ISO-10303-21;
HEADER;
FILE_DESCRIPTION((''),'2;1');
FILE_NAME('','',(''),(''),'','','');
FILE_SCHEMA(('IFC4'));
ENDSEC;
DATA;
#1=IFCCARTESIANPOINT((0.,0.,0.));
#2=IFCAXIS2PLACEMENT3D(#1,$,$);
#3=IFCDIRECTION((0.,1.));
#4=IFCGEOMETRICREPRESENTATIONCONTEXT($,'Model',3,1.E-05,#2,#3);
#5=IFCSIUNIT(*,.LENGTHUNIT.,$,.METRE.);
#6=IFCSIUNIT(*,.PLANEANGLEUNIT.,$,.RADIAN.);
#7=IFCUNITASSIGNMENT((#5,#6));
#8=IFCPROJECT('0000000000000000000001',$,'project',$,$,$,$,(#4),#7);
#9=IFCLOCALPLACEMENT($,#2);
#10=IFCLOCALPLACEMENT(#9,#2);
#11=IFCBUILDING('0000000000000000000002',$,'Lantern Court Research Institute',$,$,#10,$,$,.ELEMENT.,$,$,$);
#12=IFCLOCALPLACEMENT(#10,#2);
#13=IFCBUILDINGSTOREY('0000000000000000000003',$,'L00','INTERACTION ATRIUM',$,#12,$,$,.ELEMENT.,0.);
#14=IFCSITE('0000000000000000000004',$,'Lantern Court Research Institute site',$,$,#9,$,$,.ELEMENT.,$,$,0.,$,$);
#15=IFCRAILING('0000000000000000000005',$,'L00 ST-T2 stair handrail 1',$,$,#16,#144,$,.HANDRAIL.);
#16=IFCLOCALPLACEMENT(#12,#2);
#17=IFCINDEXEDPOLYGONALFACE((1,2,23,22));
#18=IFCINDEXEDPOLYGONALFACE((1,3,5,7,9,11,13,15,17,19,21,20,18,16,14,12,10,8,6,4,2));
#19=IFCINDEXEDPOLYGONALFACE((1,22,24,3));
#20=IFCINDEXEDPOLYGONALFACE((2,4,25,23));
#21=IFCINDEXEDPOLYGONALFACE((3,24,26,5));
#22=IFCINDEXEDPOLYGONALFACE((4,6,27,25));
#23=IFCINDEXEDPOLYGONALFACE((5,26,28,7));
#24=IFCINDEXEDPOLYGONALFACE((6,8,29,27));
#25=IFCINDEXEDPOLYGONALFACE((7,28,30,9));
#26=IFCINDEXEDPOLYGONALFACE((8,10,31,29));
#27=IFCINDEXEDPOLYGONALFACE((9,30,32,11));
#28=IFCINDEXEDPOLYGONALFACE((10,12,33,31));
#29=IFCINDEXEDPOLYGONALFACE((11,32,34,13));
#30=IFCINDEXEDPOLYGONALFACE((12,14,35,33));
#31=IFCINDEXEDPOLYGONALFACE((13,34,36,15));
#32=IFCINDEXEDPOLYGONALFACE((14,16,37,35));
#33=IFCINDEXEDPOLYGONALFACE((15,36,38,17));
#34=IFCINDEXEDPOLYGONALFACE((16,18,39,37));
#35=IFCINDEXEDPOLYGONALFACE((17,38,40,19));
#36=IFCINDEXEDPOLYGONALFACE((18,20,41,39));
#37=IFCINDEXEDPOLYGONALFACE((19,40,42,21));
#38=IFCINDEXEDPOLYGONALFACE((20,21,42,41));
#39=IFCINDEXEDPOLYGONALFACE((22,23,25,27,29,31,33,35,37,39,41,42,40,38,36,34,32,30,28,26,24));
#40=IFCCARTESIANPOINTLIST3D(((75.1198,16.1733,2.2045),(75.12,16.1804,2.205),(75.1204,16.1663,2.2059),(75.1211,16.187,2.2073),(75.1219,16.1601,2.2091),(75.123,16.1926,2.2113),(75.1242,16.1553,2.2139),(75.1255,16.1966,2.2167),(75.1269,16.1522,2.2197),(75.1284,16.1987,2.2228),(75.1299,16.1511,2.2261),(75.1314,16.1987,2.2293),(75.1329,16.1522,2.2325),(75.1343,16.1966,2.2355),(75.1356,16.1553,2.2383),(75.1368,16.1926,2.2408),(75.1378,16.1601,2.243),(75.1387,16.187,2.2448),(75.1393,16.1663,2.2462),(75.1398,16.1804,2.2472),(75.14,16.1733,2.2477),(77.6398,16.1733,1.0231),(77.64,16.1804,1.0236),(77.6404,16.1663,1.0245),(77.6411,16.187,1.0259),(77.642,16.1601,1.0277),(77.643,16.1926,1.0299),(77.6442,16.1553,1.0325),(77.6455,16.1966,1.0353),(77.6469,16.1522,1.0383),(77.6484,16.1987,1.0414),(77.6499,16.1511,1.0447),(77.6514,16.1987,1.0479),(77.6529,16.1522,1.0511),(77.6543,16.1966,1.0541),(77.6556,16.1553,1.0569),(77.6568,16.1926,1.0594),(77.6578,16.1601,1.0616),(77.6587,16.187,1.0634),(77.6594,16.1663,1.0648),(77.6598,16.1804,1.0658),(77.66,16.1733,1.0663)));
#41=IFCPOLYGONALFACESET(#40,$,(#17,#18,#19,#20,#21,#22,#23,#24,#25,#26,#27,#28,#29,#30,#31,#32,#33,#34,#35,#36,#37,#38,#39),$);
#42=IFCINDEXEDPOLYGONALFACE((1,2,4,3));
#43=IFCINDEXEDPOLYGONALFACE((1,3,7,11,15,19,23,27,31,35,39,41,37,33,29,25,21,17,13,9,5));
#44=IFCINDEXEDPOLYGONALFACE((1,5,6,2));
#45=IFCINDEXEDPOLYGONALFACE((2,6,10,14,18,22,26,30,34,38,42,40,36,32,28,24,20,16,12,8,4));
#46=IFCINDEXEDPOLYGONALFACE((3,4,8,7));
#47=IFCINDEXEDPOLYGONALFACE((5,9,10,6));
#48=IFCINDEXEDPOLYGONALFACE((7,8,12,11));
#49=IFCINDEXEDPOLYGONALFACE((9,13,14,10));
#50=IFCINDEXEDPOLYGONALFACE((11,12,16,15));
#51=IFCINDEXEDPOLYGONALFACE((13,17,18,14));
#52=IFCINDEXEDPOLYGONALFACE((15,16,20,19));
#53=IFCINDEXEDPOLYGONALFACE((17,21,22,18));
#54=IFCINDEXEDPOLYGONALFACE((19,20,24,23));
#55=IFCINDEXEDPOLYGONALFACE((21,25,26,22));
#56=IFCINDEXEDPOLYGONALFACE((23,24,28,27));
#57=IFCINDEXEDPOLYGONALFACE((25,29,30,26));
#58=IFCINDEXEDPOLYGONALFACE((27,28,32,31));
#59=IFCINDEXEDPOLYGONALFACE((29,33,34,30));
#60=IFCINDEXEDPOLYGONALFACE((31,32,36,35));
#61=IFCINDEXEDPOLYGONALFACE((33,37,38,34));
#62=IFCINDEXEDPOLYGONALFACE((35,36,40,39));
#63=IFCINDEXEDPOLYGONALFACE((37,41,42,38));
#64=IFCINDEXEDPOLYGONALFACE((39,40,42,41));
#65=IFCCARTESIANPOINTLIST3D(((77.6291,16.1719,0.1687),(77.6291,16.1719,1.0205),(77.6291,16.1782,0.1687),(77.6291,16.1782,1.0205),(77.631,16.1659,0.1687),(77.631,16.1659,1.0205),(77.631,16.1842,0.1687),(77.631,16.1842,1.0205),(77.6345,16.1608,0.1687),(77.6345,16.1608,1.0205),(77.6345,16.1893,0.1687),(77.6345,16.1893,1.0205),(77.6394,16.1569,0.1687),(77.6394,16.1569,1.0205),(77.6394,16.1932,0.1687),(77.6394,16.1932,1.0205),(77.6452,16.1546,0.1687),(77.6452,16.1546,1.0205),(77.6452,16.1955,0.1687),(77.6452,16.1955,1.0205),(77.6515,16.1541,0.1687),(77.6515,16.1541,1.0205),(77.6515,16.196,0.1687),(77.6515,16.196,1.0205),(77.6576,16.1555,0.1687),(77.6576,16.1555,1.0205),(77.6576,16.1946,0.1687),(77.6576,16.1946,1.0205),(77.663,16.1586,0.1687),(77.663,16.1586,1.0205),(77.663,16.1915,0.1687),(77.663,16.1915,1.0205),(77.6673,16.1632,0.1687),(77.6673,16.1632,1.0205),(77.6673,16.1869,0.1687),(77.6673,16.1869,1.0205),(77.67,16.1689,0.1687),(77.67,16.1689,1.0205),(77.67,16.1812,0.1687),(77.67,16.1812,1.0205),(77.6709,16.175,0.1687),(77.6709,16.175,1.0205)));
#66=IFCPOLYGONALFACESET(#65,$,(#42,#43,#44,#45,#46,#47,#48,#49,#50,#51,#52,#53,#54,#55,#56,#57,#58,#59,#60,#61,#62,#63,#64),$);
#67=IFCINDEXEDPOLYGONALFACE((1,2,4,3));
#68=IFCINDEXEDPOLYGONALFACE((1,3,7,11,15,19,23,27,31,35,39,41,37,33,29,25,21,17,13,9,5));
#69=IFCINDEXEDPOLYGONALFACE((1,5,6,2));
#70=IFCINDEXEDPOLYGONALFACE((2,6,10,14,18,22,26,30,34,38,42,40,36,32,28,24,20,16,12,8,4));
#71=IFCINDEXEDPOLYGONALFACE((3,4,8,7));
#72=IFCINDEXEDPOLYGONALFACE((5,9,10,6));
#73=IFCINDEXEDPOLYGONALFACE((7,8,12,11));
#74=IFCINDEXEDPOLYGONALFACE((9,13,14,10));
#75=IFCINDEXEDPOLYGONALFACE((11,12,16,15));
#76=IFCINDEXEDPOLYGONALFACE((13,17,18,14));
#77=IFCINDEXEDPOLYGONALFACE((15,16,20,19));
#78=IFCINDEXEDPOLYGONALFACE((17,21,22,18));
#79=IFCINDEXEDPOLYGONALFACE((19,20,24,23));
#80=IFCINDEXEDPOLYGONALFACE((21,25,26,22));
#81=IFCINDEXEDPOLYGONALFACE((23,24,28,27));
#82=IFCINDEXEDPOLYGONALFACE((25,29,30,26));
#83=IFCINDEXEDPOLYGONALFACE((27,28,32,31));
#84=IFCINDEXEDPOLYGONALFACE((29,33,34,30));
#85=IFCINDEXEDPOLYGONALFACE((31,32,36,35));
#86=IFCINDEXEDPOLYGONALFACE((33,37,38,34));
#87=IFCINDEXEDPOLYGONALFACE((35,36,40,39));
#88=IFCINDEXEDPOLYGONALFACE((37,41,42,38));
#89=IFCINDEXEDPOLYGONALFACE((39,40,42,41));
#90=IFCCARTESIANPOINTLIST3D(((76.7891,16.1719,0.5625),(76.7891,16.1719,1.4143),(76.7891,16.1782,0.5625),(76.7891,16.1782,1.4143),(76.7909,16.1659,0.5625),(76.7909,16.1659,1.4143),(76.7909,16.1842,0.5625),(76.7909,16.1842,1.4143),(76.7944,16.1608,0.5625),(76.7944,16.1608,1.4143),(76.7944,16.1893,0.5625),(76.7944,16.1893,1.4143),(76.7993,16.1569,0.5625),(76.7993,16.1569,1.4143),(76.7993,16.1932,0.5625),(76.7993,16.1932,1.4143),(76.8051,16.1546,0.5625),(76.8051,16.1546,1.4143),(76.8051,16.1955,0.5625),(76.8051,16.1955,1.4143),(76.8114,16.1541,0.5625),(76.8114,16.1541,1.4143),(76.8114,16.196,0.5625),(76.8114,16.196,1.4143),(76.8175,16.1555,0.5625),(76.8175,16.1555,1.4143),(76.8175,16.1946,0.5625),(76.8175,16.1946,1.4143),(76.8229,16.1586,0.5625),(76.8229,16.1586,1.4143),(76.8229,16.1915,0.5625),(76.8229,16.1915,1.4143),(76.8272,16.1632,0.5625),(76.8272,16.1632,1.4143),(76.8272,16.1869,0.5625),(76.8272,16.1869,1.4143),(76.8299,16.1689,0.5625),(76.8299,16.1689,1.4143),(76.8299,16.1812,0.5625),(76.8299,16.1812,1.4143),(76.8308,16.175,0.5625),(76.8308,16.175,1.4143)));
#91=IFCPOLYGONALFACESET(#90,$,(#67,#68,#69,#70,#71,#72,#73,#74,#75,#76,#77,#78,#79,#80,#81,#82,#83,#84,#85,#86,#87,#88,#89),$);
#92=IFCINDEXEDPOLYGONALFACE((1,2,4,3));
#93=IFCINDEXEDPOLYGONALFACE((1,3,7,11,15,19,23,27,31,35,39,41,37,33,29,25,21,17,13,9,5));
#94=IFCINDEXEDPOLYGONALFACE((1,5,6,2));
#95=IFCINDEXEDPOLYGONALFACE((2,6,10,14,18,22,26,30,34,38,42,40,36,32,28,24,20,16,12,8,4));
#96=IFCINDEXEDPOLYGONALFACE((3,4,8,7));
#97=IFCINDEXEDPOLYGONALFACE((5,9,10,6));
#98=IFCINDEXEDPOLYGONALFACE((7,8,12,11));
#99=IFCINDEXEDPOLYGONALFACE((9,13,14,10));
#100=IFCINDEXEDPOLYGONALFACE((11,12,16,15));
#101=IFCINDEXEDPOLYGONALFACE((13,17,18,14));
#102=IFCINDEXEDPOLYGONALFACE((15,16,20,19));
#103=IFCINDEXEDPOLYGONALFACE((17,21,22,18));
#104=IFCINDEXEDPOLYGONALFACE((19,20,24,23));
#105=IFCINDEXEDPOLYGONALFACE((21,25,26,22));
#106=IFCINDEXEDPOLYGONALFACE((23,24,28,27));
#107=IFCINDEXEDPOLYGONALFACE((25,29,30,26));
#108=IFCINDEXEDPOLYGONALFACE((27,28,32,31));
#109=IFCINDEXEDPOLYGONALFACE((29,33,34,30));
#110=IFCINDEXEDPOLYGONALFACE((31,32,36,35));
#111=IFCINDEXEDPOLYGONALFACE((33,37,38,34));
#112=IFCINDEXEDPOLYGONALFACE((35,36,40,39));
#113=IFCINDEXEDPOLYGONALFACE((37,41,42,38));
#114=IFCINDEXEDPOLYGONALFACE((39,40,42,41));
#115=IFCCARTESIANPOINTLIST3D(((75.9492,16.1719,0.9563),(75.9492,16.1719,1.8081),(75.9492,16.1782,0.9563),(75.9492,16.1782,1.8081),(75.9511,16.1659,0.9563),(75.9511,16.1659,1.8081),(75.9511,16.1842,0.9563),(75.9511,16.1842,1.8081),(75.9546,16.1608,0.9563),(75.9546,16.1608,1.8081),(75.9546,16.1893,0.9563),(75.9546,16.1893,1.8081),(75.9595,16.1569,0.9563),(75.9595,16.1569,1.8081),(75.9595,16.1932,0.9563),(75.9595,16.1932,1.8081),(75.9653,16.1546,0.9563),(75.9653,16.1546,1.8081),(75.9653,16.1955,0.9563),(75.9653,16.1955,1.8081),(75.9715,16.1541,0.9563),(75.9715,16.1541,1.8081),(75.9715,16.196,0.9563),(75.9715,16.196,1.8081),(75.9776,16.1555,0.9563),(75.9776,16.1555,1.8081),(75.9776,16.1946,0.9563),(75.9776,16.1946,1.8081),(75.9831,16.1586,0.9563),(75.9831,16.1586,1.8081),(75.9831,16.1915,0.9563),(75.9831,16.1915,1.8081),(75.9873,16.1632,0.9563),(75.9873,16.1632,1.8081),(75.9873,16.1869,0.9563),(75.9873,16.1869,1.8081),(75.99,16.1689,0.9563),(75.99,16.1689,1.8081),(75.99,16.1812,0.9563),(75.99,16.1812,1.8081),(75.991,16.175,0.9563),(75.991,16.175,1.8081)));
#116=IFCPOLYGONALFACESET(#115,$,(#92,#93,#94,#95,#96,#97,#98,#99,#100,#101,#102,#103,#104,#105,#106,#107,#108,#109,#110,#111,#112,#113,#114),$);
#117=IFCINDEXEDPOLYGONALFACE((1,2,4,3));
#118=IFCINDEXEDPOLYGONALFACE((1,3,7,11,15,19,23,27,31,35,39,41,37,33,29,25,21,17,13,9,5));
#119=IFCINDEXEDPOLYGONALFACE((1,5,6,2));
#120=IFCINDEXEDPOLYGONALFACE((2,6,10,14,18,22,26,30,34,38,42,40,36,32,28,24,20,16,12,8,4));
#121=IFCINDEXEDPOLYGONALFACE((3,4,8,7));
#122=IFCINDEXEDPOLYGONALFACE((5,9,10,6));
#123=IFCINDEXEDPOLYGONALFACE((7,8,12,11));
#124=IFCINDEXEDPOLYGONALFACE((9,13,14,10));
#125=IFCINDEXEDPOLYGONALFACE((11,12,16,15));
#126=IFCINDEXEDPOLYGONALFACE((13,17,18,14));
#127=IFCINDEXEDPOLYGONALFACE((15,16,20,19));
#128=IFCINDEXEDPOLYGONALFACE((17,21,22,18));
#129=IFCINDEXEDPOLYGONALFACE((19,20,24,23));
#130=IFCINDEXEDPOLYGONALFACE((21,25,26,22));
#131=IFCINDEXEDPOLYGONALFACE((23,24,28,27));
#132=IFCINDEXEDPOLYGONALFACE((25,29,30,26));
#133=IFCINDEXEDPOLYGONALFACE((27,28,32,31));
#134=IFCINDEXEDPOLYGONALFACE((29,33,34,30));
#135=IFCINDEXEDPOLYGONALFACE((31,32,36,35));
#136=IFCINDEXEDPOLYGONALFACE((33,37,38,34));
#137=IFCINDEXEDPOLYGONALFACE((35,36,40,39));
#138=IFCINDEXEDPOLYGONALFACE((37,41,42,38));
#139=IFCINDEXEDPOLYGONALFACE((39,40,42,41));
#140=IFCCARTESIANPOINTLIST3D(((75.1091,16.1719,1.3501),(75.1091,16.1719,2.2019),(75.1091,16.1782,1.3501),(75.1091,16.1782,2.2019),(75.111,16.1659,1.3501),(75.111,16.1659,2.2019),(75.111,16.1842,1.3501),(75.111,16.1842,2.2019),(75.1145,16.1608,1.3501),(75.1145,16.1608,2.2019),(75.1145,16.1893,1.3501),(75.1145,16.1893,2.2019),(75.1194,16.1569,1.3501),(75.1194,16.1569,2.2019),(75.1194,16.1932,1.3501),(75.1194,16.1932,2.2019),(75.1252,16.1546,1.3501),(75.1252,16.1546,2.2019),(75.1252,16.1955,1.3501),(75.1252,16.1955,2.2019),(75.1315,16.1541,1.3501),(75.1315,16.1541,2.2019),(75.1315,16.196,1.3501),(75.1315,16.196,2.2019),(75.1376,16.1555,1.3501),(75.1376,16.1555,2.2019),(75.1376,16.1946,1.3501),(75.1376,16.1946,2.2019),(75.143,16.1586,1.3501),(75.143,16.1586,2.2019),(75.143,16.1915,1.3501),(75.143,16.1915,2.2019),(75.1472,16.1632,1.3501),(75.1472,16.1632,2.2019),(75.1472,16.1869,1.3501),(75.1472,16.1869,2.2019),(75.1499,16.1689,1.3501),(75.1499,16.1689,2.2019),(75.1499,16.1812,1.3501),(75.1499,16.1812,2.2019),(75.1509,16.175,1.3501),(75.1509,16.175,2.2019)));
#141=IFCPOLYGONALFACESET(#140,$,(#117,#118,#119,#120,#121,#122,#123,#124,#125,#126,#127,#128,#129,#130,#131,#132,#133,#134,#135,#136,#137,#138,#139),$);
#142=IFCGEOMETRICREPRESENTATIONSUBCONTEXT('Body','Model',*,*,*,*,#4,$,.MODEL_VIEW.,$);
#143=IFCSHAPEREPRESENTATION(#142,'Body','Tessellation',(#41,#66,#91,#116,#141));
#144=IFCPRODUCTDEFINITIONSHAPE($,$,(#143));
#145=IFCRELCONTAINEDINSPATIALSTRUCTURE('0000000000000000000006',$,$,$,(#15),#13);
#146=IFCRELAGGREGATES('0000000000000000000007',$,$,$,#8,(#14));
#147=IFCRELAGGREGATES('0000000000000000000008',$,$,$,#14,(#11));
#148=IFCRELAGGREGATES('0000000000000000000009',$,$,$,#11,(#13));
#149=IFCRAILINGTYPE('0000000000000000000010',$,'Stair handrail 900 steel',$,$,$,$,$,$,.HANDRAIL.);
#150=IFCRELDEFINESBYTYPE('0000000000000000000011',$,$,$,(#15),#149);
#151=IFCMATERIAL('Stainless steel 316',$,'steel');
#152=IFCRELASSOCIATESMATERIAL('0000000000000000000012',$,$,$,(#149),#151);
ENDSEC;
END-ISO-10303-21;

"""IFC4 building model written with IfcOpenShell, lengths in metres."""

from ifc_helpers import new_model, si_unit, direction, frame, origin, origin_2d, place, context, subcontext, project, spatial, circle, extrude, material, type_object, element, save


model = new_model("IFC4")

# Units and contexts
model_context = context("Model", 3, precision=1e-05, world=origin(), true_north=direction((0.0, 1.0)))
body_context = subcontext(model_context, "Body", "Model", "MODEL_VIEW")
ifc_project = project(units=[si_unit("LENGTHUNIT", "METRE"), si_unit("PLANEANGLEUNIT", "RADIAN")], contexts=[model_context])

# Site, building, storey
site_placement = place(None, origin())
site = spatial("IfcSite", under=ifc_project, at=site_placement, Name="Lantern Court Research Institute site", CompositionType="ELEMENT", RefElevation=0.0)
building_placement = place(site_placement, origin())
building = spatial("IfcBuilding", under=site, at=building_placement, Name="Lantern Court Research Institute", CompositionType="ELEMENT")
storey_placement = place(building_placement, origin())
storey = spatial("IfcBuildingStorey", under=building, at=storey_placement, Name="L00", Description="INTERACTION ATRIUM", CompositionType="ELEMENT", Elevation=0.0)

# Railing
ifc_material_1 = material(Name="Stainless steel 316", Category="steel")
railing_type_1 = type_object("IfcRailingType", Name="Stair handrail 900 steel", PredefinedType="HANDRAIL", material=ifc_material_1)
for number, where, name in (
    (1, (77.6499, 16.175, 0.1687), "L00 ST-T2 stair handrail 1"),
):
    element("IfcRailing", number, at=place(storey_placement, frame(where)), inside=storey, type_object=railing_type_1, Name=name, PredefinedType="HANDRAIL", context=body_context, shape_type="SweptSolid", body=[
        extrude(circle(Radius=0.0239, at=origin_2d()), frame((0.0, 0.0, 0.876), z_axis=(-0.90544, 0.0, 0.424474), x_axis=(0.0, -1.0, 0.0)), (0.0, 0.0, 1.0), 2.7832),
        extrude(circle(Radius=0.021, at=origin_2d()), origin(), (0.0, 0.0, 1.0), 0.8518),
        extrude(circle(Radius=0.021, at=origin_2d()), frame((-0.8401, 0.0, 0.3938)), (0.0, 0.0, 1.0), 0.8518),
        extrude(circle(Radius=0.021, at=origin_2d()), frame((-1.6799, 0.0, 0.7876)), (0.0, 0.0, 1.0), 0.8518),
        extrude(circle(Radius=0.021, at=origin_2d()), frame((-2.52, 0.0, 1.1814)), (0.0, 0.0, 1.0), 0.8518),
    ])

save(model, "model.ifc")
